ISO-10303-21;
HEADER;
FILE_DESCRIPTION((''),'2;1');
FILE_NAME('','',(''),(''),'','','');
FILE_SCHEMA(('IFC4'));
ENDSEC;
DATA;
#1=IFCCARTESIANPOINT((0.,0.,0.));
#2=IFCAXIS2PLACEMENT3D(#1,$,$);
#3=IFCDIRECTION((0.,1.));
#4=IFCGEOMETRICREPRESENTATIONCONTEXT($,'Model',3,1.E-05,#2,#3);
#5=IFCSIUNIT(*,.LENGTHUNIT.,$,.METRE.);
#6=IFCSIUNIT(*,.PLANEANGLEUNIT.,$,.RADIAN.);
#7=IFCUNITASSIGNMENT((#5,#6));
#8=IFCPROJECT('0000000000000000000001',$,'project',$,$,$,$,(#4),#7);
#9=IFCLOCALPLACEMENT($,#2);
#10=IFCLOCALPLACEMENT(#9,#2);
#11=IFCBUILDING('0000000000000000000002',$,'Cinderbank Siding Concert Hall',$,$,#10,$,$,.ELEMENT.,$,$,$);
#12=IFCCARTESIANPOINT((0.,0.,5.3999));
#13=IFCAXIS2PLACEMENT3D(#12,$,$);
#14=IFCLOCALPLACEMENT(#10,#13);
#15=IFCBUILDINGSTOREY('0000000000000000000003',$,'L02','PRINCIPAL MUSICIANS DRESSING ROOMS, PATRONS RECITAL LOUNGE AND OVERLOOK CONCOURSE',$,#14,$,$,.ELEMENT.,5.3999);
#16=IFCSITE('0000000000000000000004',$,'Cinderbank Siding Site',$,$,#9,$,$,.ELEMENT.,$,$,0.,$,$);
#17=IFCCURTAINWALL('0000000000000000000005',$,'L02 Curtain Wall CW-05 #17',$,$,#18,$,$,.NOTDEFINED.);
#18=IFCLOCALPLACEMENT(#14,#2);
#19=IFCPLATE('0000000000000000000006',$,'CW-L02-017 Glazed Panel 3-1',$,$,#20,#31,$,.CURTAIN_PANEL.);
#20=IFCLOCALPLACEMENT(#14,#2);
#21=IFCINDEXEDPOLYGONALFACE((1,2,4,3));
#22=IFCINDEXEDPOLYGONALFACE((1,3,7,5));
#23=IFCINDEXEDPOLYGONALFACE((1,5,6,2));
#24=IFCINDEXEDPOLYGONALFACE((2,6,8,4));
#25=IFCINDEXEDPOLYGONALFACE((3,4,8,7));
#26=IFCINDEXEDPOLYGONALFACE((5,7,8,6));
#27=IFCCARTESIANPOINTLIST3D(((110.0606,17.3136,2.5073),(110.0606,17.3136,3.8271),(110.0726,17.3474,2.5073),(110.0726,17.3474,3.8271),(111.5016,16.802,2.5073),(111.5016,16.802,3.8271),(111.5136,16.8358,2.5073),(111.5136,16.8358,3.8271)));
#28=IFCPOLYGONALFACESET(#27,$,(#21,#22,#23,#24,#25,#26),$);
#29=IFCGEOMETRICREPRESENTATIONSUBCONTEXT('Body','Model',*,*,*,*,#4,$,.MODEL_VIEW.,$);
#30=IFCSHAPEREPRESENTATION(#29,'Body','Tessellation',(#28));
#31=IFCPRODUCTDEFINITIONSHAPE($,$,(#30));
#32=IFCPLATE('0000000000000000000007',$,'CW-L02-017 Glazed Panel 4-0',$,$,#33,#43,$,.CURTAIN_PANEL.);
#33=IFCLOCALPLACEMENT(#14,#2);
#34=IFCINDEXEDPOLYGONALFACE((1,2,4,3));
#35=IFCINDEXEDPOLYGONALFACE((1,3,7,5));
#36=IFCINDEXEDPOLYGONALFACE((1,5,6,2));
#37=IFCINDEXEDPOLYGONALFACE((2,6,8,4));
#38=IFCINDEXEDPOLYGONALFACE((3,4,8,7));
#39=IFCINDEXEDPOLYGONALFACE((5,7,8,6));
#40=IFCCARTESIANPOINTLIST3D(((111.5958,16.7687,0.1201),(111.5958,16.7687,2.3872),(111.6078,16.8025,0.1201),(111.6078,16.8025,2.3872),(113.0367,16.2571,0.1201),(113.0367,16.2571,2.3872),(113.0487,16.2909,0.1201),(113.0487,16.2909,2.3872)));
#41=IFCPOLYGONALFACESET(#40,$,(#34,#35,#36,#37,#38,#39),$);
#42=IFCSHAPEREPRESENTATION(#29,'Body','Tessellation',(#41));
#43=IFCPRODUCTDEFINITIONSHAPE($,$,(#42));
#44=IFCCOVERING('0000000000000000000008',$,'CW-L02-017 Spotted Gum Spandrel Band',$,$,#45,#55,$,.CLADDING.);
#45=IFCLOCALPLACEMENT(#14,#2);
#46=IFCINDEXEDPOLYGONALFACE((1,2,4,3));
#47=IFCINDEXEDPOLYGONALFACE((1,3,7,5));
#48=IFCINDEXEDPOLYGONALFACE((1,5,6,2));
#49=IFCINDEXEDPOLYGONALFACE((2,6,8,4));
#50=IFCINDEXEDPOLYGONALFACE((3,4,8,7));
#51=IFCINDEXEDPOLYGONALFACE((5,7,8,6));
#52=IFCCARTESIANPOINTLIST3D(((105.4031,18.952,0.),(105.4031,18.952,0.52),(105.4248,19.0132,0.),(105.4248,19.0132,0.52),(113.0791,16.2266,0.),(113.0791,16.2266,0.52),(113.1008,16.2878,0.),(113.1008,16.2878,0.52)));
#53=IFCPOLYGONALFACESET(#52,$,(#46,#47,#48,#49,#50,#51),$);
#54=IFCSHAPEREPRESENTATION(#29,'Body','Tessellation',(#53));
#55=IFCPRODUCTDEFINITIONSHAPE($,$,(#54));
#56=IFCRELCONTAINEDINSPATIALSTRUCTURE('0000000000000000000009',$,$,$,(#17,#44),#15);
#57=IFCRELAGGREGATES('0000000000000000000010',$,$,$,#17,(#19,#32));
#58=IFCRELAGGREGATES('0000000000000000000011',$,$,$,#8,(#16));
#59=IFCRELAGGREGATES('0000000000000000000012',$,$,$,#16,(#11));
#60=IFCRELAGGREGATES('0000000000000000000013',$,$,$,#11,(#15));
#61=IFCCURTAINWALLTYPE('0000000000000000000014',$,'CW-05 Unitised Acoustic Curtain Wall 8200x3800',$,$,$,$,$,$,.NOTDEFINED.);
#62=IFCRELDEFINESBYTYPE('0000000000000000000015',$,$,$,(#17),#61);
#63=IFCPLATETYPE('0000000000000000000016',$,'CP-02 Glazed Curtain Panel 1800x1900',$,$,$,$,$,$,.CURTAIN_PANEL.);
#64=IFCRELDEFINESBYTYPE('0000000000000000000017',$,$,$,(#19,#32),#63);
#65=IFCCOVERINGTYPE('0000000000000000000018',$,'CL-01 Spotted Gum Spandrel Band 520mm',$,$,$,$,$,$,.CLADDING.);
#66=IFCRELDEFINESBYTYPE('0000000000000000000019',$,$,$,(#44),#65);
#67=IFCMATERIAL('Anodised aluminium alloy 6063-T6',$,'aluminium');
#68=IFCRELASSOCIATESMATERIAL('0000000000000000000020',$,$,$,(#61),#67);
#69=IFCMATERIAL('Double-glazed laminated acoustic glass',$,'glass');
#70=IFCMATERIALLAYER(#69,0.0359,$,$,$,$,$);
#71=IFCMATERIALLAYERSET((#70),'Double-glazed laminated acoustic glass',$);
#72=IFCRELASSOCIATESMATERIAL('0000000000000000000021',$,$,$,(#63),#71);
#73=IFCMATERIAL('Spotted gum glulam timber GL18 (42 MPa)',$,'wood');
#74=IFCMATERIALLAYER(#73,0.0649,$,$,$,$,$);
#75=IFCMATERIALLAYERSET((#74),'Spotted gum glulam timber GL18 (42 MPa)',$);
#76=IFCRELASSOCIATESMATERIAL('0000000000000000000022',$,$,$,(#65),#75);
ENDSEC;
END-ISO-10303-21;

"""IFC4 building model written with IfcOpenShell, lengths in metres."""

from ifc_helpers import new_model, si_unit, direction, frame, origin, origin_2d, place, context, subcontext, project, spatial, rectangle, extrude, material, layer, layer_set, type_object, element, aggregate, save


model = new_model("IFC4")

# Units and contexts
model_context = context("Model", 3, precision=1e-05, world=origin(), true_north=direction((0.0, 1.0)))
body_context = subcontext(model_context, "Body", "Model", "MODEL_VIEW")
ifc_project = project(units=[si_unit("LENGTHUNIT", "METRE"), si_unit("PLANEANGLEUNIT", "RADIAN")], contexts=[model_context])

# Site, building, storey
site_placement = place(None, origin())
site = spatial("IfcSite", under=ifc_project, at=site_placement, Name="Cinderbank Siding Site", CompositionType="ELEMENT", RefElevation=0.0)
building_placement = place(site_placement, origin())
building = spatial("IfcBuilding", under=site, at=building_placement, Name="Cinderbank Siding Concert Hall", CompositionType="ELEMENT")
storey_placement = place(building_placement, frame((0.0, 0.0, 5.3999)))
storey = spatial("IfcBuildingStorey", under=building, at=storey_placement, Name="L02", Description="PRINCIPAL MUSICIANS DRESSING ROOMS, PATRONS RECITAL LOUNGE AND OVERLOOK CONCOURSE", CompositionType="ELEMENT", Elevation=5.3999)

# Curtain wall
ifc_material_1 = material(Name="Anodised aluminium alloy 6063-T6", Category="aluminium")
curtain_wall_type = type_object("IfcCurtainWallType", Name="CW-05 Unitised Acoustic Curtain Wall 8200x3800", PredefinedType="NOTDEFINED", material=ifc_material_1)
curtain_wall_placement = place(storey_placement, origin())
curtain_wall = element("IfcCurtainWall", 1, at=curtain_wall_placement, inside=storey, type_object=curtain_wall_type, Name="L02 Curtain Wall CW-05 #17", PredefinedType="NOTDEFINED")

# Shared definitions
ifc_material_2 = material(Name="Spotted gum glulam timber GL18 (42 MPa)", Category="wood")

# Plates
ifc_material_3 = material(Name="Double-glazed laminated acoustic glass", Category="glass")
ifc_layer_1 = layer(ifc_material_3, 0.0359)
ifc_layer_set_1 = layer_set([ifc_layer_1], Name="Double-glazed laminated acoustic glass")
plate_type = type_object("IfcPlateType", Name="CP-02 Glazed Curtain Panel 1800x1900", PredefinedType="CURTAIN_PANEL", material=ifc_layer_set_1)
plate_1_placement = place(storey_placement, frame((110.7871, 17.0747, 2.5073), z_axis=(0.0, 0.0, 1.0), x_axis=(0.942366, -0.334585, 0.0)))
plate_1 = element("IfcPlate", 2, at=plate_1_placement, type_object=plate_type, Name="CW-L02-017 Glazed Panel 3-1", PredefinedType="CURTAIN_PANEL", context=body_context, shape_type="SweptSolid", body=[
    extrude(rectangle(XDim=1.5291, YDim=0.0359, at=origin_2d()), origin(), (0.0, 0.0, 1.0), 1.3198),
])
plate_2_placement = place(storey_placement, frame((112.3223, 16.5298, 0.1201), z_axis=(0.0, 0.0, 1.0), x_axis=(0.942366, -0.334585, 0.0)))
plate_2 = element("IfcPlate", 3, at=plate_2_placement, type_object=plate_type, Name="CW-L02-017 Glazed Panel 4-0", PredefinedType="CURTAIN_PANEL", context=body_context, shape_type="SweptSolid", body=[
    extrude(rectangle(XDim=1.5291, YDim=0.0359, at=origin_2d()), origin(), (0.0, 0.0, 1.0), 2.2671),
])
aggregate(curtain_wall, [plate_1, plate_2])

# Covering
ifc_layer_2 = layer(ifc_material_2, 0.0649)
ifc_layer_set_2 = layer_set([ifc_layer_2], Name="Spotted gum glulam timber GL18 (42 MPa)")
covering_type = type_object("IfcCoveringType", Name="CL-01 Spotted Gum Spandrel Band 520mm", PredefinedType="CLADDING", material=ifc_layer_set_2)
covering_placement = place(storey_placement, frame((109.252, 17.6199, 0.0), z_axis=(0.0, 0.0, 1.0), x_axis=(0.942366, -0.334585, 0.0)))
element("IfcCovering", 4, at=covering_placement, inside=storey, type_object=covering_type, Name="CW-L02-017 Spotted Gum Spandrel Band", PredefinedType="CLADDING", context=body_context, shape_type="SweptSolid", body=[
    extrude(rectangle(XDim=8.1455, YDim=0.0649, at=origin_2d()), origin(), (0.0, 0.0, 1.0), 0.52),
])

save(model, "model.ifc")
